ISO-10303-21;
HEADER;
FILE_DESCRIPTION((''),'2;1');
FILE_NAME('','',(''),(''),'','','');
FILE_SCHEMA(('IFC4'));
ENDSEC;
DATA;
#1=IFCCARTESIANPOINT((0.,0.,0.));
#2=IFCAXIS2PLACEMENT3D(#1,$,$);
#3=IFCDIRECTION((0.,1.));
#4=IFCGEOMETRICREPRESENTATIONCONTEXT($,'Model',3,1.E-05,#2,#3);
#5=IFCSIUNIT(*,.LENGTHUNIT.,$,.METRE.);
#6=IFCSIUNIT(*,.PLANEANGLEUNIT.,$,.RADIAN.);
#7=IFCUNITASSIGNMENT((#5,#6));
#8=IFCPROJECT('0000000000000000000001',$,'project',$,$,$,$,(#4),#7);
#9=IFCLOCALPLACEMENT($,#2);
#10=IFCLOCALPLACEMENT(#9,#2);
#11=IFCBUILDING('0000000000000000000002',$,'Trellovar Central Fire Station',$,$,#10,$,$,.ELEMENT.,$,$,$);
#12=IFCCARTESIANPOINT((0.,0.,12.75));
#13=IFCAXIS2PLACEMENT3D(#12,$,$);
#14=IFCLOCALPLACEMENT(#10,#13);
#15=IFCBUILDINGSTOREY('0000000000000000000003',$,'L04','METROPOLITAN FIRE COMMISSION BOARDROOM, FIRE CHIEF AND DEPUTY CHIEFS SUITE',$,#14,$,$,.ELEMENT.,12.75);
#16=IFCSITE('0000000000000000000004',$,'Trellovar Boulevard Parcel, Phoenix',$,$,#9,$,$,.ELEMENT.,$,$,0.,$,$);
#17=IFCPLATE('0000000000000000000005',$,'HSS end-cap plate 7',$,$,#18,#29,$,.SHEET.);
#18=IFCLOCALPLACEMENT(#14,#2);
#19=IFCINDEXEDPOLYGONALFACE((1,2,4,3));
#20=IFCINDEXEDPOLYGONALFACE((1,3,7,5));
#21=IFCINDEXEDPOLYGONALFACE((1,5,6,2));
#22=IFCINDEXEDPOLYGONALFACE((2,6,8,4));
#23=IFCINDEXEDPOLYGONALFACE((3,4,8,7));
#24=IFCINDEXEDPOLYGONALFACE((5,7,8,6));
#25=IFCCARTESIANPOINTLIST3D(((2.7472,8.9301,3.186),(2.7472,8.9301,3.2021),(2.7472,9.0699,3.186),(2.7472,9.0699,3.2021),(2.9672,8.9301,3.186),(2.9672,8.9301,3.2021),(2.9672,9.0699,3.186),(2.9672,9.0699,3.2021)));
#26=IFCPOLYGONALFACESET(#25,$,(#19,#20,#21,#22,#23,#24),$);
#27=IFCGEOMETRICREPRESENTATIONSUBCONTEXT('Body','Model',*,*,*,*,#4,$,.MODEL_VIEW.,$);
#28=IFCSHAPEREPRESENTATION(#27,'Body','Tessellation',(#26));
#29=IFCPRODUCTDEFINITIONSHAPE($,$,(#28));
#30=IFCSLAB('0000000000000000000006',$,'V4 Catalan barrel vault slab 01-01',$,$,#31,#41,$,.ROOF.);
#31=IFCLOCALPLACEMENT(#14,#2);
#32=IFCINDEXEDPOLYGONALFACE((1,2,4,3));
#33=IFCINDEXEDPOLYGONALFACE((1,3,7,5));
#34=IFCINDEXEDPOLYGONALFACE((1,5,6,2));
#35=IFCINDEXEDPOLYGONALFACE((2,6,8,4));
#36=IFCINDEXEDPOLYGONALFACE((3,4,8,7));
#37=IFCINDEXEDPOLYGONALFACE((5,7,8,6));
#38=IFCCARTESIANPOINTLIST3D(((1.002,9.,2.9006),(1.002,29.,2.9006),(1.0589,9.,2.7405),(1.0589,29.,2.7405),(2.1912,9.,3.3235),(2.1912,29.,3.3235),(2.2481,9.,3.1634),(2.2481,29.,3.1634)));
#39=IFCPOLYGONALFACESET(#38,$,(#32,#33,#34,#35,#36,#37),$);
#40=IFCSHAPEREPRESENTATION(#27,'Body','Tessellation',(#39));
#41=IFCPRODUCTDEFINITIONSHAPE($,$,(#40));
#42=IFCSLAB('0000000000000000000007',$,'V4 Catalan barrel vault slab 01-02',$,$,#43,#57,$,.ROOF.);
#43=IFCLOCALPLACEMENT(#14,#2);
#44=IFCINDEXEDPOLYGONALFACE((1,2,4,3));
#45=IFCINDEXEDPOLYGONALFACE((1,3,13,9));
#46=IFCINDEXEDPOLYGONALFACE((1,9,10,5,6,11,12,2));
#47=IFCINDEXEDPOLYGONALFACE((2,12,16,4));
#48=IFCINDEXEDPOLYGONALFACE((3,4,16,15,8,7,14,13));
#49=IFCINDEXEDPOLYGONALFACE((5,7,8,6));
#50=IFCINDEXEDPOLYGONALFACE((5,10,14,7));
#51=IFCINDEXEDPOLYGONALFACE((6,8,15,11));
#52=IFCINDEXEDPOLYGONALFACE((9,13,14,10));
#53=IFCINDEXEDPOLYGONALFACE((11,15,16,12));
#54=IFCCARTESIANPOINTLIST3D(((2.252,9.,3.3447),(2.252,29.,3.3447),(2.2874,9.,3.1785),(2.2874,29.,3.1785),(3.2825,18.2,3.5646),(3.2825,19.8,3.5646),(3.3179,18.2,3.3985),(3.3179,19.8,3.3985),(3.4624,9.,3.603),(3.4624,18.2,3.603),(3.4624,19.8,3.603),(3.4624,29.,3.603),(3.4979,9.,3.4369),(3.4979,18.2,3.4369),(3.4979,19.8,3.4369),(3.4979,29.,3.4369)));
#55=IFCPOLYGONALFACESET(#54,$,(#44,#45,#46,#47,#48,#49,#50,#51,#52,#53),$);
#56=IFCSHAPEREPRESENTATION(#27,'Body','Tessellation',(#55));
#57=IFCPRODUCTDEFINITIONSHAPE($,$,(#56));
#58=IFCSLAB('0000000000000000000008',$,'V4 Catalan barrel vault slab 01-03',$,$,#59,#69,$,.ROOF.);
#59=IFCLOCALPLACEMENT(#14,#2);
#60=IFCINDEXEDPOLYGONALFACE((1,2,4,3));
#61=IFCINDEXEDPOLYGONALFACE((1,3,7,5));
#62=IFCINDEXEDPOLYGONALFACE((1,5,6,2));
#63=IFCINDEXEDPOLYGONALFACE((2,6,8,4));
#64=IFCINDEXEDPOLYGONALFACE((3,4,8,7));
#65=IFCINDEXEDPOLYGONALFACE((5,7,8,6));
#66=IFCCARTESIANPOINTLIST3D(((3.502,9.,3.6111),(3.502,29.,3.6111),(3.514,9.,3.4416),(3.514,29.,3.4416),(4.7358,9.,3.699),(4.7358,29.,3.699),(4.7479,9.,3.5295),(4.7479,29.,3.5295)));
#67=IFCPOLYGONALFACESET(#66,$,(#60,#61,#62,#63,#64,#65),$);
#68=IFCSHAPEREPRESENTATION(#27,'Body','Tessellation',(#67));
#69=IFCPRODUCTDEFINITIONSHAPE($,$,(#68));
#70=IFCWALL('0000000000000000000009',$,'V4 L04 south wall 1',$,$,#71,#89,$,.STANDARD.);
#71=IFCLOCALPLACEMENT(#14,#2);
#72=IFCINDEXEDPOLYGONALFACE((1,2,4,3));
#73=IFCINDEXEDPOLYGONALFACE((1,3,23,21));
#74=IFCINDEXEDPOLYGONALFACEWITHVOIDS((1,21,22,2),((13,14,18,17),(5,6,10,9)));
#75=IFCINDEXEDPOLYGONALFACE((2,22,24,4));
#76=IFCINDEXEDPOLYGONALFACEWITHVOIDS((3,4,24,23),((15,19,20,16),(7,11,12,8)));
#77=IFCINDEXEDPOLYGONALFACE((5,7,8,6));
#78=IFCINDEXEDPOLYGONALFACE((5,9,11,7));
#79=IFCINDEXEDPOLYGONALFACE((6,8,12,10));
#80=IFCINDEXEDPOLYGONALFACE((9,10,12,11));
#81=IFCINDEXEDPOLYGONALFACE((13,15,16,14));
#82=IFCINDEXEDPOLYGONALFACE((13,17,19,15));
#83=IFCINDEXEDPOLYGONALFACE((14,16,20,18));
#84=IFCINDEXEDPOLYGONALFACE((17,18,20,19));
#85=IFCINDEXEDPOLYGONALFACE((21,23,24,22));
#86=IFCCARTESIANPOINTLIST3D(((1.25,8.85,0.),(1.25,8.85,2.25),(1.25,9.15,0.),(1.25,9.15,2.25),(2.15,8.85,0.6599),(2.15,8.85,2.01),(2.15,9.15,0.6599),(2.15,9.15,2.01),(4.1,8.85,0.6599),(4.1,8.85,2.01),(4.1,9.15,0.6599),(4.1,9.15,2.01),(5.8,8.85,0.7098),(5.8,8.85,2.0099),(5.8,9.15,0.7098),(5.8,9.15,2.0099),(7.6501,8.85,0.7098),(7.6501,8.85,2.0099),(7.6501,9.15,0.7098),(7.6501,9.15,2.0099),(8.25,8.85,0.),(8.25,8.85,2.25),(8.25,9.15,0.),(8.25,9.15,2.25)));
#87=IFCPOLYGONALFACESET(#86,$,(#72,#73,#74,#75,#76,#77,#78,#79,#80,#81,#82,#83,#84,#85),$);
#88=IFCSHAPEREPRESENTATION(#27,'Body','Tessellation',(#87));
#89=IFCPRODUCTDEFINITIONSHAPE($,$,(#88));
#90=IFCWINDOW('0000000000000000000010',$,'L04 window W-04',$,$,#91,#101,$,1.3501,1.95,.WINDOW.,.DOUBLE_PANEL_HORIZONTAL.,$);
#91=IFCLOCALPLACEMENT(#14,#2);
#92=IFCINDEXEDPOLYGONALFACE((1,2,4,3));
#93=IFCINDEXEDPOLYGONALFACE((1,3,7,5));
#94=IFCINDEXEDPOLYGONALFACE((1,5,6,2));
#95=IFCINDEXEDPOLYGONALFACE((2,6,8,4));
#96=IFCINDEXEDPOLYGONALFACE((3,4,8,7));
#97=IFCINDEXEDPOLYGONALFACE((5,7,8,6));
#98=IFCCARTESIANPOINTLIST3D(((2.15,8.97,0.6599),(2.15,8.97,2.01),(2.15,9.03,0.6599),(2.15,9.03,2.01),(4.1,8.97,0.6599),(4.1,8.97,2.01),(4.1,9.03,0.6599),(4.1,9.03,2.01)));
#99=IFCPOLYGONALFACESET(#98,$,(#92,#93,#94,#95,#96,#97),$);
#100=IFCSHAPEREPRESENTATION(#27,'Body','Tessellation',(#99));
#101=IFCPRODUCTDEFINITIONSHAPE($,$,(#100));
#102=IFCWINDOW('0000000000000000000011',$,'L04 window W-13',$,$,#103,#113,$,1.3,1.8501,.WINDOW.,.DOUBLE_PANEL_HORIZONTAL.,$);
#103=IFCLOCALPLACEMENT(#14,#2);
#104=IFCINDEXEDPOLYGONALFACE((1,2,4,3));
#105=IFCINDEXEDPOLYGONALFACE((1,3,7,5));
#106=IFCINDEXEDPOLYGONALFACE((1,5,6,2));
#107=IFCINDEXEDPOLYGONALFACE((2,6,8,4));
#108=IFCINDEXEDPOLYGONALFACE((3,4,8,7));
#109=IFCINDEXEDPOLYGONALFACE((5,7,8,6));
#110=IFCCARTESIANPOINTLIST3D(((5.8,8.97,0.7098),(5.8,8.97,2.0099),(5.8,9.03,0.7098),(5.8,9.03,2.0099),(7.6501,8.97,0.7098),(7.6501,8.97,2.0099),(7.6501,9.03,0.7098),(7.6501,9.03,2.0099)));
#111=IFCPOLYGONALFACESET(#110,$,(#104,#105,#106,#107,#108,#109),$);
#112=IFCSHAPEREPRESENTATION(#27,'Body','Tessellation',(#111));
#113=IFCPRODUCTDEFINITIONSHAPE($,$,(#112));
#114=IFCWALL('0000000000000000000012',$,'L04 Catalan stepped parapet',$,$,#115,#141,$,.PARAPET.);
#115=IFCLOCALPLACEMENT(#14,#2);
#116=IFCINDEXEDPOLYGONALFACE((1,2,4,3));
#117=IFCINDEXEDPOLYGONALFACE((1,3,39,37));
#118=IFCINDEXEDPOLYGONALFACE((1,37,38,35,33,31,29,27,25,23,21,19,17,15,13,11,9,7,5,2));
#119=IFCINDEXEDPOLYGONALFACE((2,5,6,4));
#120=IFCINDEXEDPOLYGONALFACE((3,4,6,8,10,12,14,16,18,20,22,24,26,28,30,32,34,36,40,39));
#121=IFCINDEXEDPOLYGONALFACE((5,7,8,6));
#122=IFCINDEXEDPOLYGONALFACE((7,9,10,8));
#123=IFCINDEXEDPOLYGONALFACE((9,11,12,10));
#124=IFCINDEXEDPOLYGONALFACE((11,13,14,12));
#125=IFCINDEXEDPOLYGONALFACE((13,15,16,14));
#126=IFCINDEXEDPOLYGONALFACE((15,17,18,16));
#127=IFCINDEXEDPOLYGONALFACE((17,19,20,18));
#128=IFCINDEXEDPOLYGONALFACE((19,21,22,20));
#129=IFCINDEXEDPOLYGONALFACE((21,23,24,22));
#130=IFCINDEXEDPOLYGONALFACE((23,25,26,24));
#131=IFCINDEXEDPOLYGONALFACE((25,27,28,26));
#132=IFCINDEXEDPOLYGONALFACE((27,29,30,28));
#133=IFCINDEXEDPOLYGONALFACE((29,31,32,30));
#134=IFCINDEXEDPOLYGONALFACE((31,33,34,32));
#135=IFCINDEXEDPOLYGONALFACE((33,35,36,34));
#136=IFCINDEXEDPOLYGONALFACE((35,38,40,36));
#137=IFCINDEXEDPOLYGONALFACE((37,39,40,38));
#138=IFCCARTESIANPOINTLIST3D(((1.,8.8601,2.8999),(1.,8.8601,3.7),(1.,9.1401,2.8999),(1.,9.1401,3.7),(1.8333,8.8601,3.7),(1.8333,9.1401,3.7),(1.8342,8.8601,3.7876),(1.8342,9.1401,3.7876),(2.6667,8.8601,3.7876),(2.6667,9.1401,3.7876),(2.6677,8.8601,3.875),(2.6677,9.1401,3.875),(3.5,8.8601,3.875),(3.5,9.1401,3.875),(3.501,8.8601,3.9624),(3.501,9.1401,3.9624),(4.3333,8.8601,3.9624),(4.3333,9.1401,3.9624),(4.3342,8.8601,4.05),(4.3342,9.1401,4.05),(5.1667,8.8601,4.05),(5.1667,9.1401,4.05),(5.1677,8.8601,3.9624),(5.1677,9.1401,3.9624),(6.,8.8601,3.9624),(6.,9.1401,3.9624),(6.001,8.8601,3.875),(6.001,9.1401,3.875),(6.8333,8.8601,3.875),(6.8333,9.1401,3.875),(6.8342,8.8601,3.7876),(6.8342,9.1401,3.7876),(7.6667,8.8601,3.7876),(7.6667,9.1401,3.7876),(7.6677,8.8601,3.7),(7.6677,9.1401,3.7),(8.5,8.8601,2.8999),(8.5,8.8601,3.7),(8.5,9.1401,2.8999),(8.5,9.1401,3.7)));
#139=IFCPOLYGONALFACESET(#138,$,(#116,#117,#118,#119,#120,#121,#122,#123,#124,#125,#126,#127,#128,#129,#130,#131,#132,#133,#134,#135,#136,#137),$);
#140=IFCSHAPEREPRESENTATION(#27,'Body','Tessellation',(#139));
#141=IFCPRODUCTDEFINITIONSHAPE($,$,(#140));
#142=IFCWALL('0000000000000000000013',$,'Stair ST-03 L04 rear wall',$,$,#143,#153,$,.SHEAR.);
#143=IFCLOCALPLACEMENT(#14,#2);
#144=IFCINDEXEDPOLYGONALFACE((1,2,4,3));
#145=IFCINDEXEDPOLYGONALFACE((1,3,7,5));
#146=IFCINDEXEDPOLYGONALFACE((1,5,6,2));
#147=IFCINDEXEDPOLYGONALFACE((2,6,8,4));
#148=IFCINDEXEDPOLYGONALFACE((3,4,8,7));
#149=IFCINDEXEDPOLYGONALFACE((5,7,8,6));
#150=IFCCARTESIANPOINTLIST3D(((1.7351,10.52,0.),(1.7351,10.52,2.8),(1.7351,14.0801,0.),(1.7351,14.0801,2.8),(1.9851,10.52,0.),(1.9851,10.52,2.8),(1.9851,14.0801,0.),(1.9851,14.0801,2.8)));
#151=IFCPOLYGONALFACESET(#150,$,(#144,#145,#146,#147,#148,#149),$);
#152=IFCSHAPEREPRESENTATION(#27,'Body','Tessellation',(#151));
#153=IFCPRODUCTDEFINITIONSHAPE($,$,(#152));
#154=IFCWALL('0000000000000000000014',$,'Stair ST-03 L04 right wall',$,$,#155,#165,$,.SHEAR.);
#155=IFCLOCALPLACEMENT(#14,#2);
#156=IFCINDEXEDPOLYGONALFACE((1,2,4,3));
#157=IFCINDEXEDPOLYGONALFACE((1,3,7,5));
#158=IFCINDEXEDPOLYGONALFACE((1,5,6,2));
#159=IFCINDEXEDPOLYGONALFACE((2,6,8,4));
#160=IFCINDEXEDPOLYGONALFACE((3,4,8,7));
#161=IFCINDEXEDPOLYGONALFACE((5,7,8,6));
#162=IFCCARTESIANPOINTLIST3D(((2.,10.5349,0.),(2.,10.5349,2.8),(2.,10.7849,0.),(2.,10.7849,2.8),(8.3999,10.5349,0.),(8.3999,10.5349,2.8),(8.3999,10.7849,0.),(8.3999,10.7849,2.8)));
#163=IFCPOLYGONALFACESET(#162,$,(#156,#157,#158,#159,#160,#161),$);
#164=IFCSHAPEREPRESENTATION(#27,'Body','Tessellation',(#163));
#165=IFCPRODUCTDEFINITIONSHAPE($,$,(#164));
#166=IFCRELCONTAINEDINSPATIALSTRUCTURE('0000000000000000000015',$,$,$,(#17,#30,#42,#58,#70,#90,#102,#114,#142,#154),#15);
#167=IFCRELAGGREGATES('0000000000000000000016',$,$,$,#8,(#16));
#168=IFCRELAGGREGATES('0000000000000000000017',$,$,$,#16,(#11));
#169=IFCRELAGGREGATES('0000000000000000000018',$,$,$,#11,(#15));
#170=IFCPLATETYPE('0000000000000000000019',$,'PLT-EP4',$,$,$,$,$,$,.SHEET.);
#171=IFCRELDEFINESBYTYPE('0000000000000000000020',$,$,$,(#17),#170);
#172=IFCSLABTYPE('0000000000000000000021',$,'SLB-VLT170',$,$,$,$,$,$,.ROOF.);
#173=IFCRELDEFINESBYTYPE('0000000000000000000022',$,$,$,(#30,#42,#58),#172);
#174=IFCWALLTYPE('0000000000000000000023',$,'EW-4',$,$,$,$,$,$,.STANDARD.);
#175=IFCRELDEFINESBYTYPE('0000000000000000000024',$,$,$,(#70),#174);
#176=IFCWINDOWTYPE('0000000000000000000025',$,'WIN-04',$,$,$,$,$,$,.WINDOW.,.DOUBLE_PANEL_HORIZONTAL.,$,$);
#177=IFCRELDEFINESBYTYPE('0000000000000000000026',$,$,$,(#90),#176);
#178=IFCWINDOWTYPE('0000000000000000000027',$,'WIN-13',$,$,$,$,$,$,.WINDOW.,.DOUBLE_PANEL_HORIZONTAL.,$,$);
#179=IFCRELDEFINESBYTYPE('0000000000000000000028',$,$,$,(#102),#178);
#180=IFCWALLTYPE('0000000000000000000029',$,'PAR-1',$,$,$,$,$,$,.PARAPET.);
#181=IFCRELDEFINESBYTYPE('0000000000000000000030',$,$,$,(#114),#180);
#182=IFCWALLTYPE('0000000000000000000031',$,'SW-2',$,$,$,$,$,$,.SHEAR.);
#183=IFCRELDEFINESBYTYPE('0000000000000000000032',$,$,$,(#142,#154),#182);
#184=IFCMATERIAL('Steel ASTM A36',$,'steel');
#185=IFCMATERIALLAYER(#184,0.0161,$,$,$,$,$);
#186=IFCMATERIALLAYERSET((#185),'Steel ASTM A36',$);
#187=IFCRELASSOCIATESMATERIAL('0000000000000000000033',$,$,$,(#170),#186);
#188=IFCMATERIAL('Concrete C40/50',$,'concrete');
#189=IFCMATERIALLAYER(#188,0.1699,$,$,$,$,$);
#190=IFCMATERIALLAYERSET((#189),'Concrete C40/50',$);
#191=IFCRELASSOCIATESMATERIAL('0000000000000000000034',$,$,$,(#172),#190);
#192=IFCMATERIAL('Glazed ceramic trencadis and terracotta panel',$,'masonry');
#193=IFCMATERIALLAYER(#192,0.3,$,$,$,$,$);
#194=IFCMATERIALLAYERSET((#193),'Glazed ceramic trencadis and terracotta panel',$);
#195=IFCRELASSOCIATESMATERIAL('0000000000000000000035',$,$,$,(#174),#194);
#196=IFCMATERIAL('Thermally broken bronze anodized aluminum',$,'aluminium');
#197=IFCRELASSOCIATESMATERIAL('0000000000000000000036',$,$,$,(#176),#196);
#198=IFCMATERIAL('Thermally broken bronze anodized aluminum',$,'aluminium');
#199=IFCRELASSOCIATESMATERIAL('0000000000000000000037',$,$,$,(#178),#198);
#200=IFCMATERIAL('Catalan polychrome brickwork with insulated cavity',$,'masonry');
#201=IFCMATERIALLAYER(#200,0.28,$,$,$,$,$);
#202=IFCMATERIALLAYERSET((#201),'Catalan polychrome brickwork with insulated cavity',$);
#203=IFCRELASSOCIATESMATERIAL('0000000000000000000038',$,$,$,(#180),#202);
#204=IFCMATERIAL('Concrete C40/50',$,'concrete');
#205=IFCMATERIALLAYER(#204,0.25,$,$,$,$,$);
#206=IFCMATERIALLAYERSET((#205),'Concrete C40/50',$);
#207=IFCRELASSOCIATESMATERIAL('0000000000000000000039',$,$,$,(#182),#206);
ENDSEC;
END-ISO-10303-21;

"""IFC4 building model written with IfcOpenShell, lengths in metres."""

from ifc_helpers import new_model, si_unit, direction, frame, frame_2d, origin, origin_2d, place, context, subcontext, project, spatial, polyline, rectangle, outline, extrude, material, layer, layer_set, type_object, element, fill, save


model = new_model("IFC4")

# Units and contexts
model_context = context("Model", 3, precision=1e-05, world=origin(), true_north=direction((0.0, 1.0)))
body_context = subcontext(model_context, "Body", "Model", "MODEL_VIEW")
ifc_project = project(units=[si_unit("LENGTHUNIT", "METRE"), si_unit("PLANEANGLEUNIT", "RADIAN")], contexts=[model_context])

# Site, building, storey
site_placement = place(None, origin())
site = spatial("IfcSite", under=ifc_project, at=site_placement, Name="Trellovar Boulevard Parcel, Phoenix", CompositionType="ELEMENT", RefElevation=0.0)
building_placement = place(site_placement, origin())
building = spatial("IfcBuilding", under=site, at=building_placement, Name="Trellovar Central Fire Station", CompositionType="ELEMENT")
storey_placement = place(building_placement, frame((0.0, 0.0, 12.75)))
storey = spatial("IfcBuildingStorey", under=building, at=storey_placement, Name="L04", Description="METROPOLITAN FIRE COMMISSION BOARDROOM, FIRE CHIEF AND DEPUTY CHIEFS SUITE", CompositionType="ELEMENT", Elevation=12.75)

# Plate
ifc_material_1 = material(Name="Steel ASTM A36", Category="steel")
ifc_layer_1 = layer(ifc_material_1, 0.0161)
ifc_layer_set_1 = layer_set([ifc_layer_1], Name="Steel ASTM A36")
plate_type = type_object("IfcPlateType", Name="PLT-EP4", PredefinedType="SHEET", material=ifc_layer_set_1)
plate_placement = place(storey_placement, frame((2.8572, 9.0, 3.186), z_axis=(0.0, 0.0, 1.0), x_axis=(1.0, 0.0, 0.0)))
element("IfcPlate", 1, at=plate_placement, inside=storey, type_object=plate_type, Name="HSS end-cap plate 7", PredefinedType="SHEET", context=body_context, shape_type="SweptSolid", body=[
    extrude(rectangle(XDim=0.22, YDim=0.1399, at=origin_2d()), origin(), (0.0, 0.0, 1.0), 0.0161),
])

# Slabs
ifc_material_2 = material(Name="Concrete C40/50", Category="concrete")
ifc_layer_2 = layer(ifc_material_2, 0.1699)
ifc_layer_set_2 = layer_set([ifc_layer_2], Name="Concrete C40/50")
slab_type = type_object("IfcSlabType", Name="SLB-VLT170", PredefinedType="ROOF", material=ifc_layer_set_2)
slab_1_placement = place(storey_placement, frame((1.002, 9.0, 2.9006), z_axis=(-0.335025, 0.0, 0.942209), x_axis=(0.942209, 0.0, 0.335025)))
element("IfcSlab", 2, at=slab_1_placement, inside=storey, type_object=slab_type, Name="V4 Catalan barrel vault slab 01-01", PredefinedType="ROOF", context=body_context, shape_type="SweptSolid", body=[
    extrude(outline(polyline([(0.0, 0.0), (1.2621, 0.0), (1.2621, 20.0), (0.0, 20.0), (0.0, 0.0)])), origin(), (0.0, 0.0, -1.0), 0.1699),
])
slab_2_placement = place(storey_placement, frame((2.252, 9.0, 3.3447), z_axis=(-0.208698, 0.0, 0.97798), x_axis=(0.97798, 0.0, 0.208698)))
element("IfcSlab", 3, at=slab_2_placement, inside=storey, type_object=slab_type, Name="V4 Catalan barrel vault slab 01-02", PredefinedType="ROOF", context=body_context, shape_type="SweptSolid", body=[
    extrude(outline(polyline([(0.0, 0.0), (1.2377, 0.0), (1.2377, 9.2), (1.0537, 9.2), (1.0537, 10.8), (1.2377, 10.8), (1.2377, 20.0), (0.0, 20.0), (0.0, 0.0)])), origin(), (0.0, 0.0, -1.0), 0.1699),
])
slab_3_placement = place(storey_placement, frame((3.502, 9.0, 3.6111), z_axis=(-0.071051, 0.0, 0.997473), x_axis=(0.997473, 0.0, 0.071051)))
element("IfcSlab", 4, at=slab_3_placement, inside=storey, type_object=slab_type, Name="V4 Catalan barrel vault slab 01-03", PredefinedType="ROOF", context=body_context, shape_type="SweptSolid", body=[
    extrude(outline(polyline([(0.0, 0.0), (1.237, 0.0), (1.237, 20.0), (0.0, 20.0), (0.0, 0.0)])), origin(), (0.0, 0.0, -1.0), 0.1699),
])

# Wall, openings, windows
ifc_material_3 = material(Name="Glazed ceramic trencadis and terracotta panel", Category="masonry")
ifc_layer_3 = layer(ifc_material_3, 0.3)
ifc_layer_set_3 = layer_set([ifc_layer_3], Name="Glazed ceramic trencadis and terracotta panel")
wall_type_1 = type_object("IfcWallType", Name="EW-4", PredefinedType="STANDARD", material=ifc_layer_set_3)
wall_1_placement = place(storey_placement, frame((1.25, 9.0, 0.0), z_axis=(0.0, 0.0, 1.0), x_axis=(1.0, 0.0, 0.0)))
wall_1 = element("IfcWall", 5, at=wall_1_placement, inside=storey, type_object=wall_type_1, Name="V4 L04 south wall 1", PredefinedType="STANDARD", context=body_context, shape_type="SweptSolid", body=[
    extrude(rectangle(XDim=7.0, YDim=0.3, at=frame_2d((3.5, 0.0))), origin(), (0.0, 0.0, 1.0), 2.25),
])
opening_1_placement = place(wall_1_placement, frame((0.8999, 0.0, 0.6599)))
opening_1 = element("IfcOpeningElement", 6, at=opening_1_placement, cuts=wall_1, PredefinedType="OPENING", context=body_context, shape_type="SweptSolid", body=[
    extrude(rectangle(XDim=1.95, YDim=1.3501, at=frame_2d((0.9751, 0.675))), frame((0.0, 0.1599, 0.0), z_axis=(0.0, -1.0, 0.0), x_axis=(1.0, 0.0, 0.0)), (0.0, 0.0, 1.0), 0.3201),
])
opening_2_placement = place(wall_1_placement, frame((4.55, 0.0, 0.71)))
opening_2 = element("IfcOpeningElement", 7, at=opening_2_placement, cuts=wall_1, PredefinedType="OPENING", context=body_context, shape_type="SweptSolid", body=[
    extrude(rectangle(XDim=1.8501, YDim=1.3, at=frame_2d((0.925, 0.6499))), frame((0.0, 0.1599, 0.0), z_axis=(0.0, -1.0, 0.0), x_axis=(1.0, 0.0, 0.0)), (0.0, 0.0, 1.0), 0.3201),
])
ifc_material_4 = material(Name="Thermally broken bronze anodized aluminum", Category="aluminium")
window_type_1 = type_object("IfcWindowType", Name="WIN-04", PartitioningType="DOUBLE_PANEL_HORIZONTAL", PredefinedType="WINDOW", material=ifc_material_4)
window_1_placement = place(opening_1_placement, origin())
window_1 = element("IfcWindow", 8, at=window_1_placement, inside=storey, type_object=window_type_1, Name="L04 window W-04", OverallHeight=1.3501, OverallWidth=1.95, PartitioningType="DOUBLE_PANEL_HORIZONTAL", PredefinedType="WINDOW", context=body_context, shape_type="SweptSolid", body=[
    extrude(rectangle(XDim=1.95, YDim=1.3501, at=frame_2d((0.9751, 0.675))), frame((0.0, 0.03, 0.0), z_axis=(0.0, -1.0, 0.0), x_axis=(1.0, 0.0, 0.0)), (0.0, 0.0, 1.0), 0.0601),
])
fill(opening_1, window_1)
ifc_material_5 = material(Name="Thermally broken bronze anodized aluminum", Category="aluminium")
window_type_2 = type_object("IfcWindowType", Name="WIN-13", PartitioningType="DOUBLE_PANEL_HORIZONTAL", PredefinedType="WINDOW", material=ifc_material_5)
window_2_placement = place(opening_2_placement, origin())
window_2 = element("IfcWindow", 9, at=window_2_placement, inside=storey, type_object=window_type_2, Name="L04 window W-13", OverallHeight=1.3, OverallWidth=1.8501, PartitioningType="DOUBLE_PANEL_HORIZONTAL", PredefinedType="WINDOW", context=body_context, shape_type="SweptSolid", body=[
    extrude(rectangle(XDim=1.8501, YDim=1.3, at=frame_2d((0.925, 0.6499))), frame((0.0, 0.03, 0.0), z_axis=(0.0, -1.0, 0.0), x_axis=(1.0, 0.0, 0.0)), (0.0, 0.0, 1.0), 0.0601),
])
fill(opening_2, window_2)

# Walls
ifc_material_6 = material(Name="Catalan polychrome brickwork with insulated cavity", Category="masonry")
ifc_layer_4 = layer(ifc_material_6, 0.28)
ifc_layer_set_4 = layer_set([ifc_layer_4], Name="Catalan polychrome brickwork with insulated cavity")
wall_type_2 = type_object("IfcWallType", Name="PAR-1", PredefinedType="PARAPET", material=ifc_layer_set_4)
wall_2_placement = place(storey_placement, frame((1.0, 9.0, 2.8999), z_axis=(0.0, 0.0, 1.0), x_axis=(1.0, 0.0, 0.0)))
element("IfcWall", 10, at=wall_2_placement, inside=storey, type_object=wall_type_2, Name="L04 Catalan stepped parapet", PredefinedType="PARAPET", context=body_context, shape_type="SweptSolid", body=[
    extrude(outline(polyline([(0.0, 0.0), (7.5, 0.0), (7.5, 0.8), (6.6677, 0.8), (6.6667, 0.8877), (5.8342, 0.8877), (5.8333, 0.9751), (5.001, 0.9751), (5.0, 1.0625), (4.1677, 1.0625), (4.1667, 1.1501), (3.3342, 1.1501), (3.3333, 1.0625), (2.501, 1.0625), (2.5, 0.9751), (1.6677, 0.9751), (1.6667, 0.8877), (0.8342, 0.8877), (0.8333, 0.8), (0.0, 0.8), (0.0, 0.0)])), frame((0.0, 0.1401, 0.0), z_axis=(0.0, -1.0, 0.0), x_axis=(1.0, 0.0, 0.0)), (0.0, 0.0, 1.0), 0.28),
])
ifc_material_7 = material(Name="Concrete C40/50", Category="concrete")
ifc_layer_5 = layer(ifc_material_7, 0.25)
ifc_layer_set_5 = layer_set([ifc_layer_5], Name="Concrete C40/50")
wall_type_3 = type_object("IfcWallType", Name="SW-2", PredefinedType="SHEAR", material=ifc_layer_set_5)
wall_3_placement = place(storey_placement, frame((1.8601, 10.52, 0.0), z_axis=(0.0, 0.0, 1.0), x_axis=(0.0, 1.0, 0.0)))
element("IfcWall", 11, at=wall_3_placement, inside=storey, type_object=wall_type_3, Name="Stair ST-03 L04 rear wall", PredefinedType="SHEAR", context=body_context, shape_type="SweptSolid", body=[
    extrude(rectangle(XDim=3.5601, YDim=0.25, at=frame_2d((1.78, 0.0))), origin(), (0.0, 0.0, 1.0), 2.8),
])
wall_4_placement = place(storey_placement, frame((2.0, 10.6599, 0.0), z_axis=(0.0, 0.0, 1.0), x_axis=(1.0, 0.0, 0.0)))
element("IfcWall", 12, at=wall_4_placement, inside=storey, type_object=wall_type_3, Name="Stair ST-03 L04 right wall", PredefinedType="SHEAR", context=body_context, shape_type="SweptSolid", body=[
    extrude(rectangle(XDim=6.3999, YDim=0.25, at=frame_2d((3.2, 0.0))), origin(), (0.0, 0.0, 1.0), 2.8),
])

save(model, "model.ifc")
